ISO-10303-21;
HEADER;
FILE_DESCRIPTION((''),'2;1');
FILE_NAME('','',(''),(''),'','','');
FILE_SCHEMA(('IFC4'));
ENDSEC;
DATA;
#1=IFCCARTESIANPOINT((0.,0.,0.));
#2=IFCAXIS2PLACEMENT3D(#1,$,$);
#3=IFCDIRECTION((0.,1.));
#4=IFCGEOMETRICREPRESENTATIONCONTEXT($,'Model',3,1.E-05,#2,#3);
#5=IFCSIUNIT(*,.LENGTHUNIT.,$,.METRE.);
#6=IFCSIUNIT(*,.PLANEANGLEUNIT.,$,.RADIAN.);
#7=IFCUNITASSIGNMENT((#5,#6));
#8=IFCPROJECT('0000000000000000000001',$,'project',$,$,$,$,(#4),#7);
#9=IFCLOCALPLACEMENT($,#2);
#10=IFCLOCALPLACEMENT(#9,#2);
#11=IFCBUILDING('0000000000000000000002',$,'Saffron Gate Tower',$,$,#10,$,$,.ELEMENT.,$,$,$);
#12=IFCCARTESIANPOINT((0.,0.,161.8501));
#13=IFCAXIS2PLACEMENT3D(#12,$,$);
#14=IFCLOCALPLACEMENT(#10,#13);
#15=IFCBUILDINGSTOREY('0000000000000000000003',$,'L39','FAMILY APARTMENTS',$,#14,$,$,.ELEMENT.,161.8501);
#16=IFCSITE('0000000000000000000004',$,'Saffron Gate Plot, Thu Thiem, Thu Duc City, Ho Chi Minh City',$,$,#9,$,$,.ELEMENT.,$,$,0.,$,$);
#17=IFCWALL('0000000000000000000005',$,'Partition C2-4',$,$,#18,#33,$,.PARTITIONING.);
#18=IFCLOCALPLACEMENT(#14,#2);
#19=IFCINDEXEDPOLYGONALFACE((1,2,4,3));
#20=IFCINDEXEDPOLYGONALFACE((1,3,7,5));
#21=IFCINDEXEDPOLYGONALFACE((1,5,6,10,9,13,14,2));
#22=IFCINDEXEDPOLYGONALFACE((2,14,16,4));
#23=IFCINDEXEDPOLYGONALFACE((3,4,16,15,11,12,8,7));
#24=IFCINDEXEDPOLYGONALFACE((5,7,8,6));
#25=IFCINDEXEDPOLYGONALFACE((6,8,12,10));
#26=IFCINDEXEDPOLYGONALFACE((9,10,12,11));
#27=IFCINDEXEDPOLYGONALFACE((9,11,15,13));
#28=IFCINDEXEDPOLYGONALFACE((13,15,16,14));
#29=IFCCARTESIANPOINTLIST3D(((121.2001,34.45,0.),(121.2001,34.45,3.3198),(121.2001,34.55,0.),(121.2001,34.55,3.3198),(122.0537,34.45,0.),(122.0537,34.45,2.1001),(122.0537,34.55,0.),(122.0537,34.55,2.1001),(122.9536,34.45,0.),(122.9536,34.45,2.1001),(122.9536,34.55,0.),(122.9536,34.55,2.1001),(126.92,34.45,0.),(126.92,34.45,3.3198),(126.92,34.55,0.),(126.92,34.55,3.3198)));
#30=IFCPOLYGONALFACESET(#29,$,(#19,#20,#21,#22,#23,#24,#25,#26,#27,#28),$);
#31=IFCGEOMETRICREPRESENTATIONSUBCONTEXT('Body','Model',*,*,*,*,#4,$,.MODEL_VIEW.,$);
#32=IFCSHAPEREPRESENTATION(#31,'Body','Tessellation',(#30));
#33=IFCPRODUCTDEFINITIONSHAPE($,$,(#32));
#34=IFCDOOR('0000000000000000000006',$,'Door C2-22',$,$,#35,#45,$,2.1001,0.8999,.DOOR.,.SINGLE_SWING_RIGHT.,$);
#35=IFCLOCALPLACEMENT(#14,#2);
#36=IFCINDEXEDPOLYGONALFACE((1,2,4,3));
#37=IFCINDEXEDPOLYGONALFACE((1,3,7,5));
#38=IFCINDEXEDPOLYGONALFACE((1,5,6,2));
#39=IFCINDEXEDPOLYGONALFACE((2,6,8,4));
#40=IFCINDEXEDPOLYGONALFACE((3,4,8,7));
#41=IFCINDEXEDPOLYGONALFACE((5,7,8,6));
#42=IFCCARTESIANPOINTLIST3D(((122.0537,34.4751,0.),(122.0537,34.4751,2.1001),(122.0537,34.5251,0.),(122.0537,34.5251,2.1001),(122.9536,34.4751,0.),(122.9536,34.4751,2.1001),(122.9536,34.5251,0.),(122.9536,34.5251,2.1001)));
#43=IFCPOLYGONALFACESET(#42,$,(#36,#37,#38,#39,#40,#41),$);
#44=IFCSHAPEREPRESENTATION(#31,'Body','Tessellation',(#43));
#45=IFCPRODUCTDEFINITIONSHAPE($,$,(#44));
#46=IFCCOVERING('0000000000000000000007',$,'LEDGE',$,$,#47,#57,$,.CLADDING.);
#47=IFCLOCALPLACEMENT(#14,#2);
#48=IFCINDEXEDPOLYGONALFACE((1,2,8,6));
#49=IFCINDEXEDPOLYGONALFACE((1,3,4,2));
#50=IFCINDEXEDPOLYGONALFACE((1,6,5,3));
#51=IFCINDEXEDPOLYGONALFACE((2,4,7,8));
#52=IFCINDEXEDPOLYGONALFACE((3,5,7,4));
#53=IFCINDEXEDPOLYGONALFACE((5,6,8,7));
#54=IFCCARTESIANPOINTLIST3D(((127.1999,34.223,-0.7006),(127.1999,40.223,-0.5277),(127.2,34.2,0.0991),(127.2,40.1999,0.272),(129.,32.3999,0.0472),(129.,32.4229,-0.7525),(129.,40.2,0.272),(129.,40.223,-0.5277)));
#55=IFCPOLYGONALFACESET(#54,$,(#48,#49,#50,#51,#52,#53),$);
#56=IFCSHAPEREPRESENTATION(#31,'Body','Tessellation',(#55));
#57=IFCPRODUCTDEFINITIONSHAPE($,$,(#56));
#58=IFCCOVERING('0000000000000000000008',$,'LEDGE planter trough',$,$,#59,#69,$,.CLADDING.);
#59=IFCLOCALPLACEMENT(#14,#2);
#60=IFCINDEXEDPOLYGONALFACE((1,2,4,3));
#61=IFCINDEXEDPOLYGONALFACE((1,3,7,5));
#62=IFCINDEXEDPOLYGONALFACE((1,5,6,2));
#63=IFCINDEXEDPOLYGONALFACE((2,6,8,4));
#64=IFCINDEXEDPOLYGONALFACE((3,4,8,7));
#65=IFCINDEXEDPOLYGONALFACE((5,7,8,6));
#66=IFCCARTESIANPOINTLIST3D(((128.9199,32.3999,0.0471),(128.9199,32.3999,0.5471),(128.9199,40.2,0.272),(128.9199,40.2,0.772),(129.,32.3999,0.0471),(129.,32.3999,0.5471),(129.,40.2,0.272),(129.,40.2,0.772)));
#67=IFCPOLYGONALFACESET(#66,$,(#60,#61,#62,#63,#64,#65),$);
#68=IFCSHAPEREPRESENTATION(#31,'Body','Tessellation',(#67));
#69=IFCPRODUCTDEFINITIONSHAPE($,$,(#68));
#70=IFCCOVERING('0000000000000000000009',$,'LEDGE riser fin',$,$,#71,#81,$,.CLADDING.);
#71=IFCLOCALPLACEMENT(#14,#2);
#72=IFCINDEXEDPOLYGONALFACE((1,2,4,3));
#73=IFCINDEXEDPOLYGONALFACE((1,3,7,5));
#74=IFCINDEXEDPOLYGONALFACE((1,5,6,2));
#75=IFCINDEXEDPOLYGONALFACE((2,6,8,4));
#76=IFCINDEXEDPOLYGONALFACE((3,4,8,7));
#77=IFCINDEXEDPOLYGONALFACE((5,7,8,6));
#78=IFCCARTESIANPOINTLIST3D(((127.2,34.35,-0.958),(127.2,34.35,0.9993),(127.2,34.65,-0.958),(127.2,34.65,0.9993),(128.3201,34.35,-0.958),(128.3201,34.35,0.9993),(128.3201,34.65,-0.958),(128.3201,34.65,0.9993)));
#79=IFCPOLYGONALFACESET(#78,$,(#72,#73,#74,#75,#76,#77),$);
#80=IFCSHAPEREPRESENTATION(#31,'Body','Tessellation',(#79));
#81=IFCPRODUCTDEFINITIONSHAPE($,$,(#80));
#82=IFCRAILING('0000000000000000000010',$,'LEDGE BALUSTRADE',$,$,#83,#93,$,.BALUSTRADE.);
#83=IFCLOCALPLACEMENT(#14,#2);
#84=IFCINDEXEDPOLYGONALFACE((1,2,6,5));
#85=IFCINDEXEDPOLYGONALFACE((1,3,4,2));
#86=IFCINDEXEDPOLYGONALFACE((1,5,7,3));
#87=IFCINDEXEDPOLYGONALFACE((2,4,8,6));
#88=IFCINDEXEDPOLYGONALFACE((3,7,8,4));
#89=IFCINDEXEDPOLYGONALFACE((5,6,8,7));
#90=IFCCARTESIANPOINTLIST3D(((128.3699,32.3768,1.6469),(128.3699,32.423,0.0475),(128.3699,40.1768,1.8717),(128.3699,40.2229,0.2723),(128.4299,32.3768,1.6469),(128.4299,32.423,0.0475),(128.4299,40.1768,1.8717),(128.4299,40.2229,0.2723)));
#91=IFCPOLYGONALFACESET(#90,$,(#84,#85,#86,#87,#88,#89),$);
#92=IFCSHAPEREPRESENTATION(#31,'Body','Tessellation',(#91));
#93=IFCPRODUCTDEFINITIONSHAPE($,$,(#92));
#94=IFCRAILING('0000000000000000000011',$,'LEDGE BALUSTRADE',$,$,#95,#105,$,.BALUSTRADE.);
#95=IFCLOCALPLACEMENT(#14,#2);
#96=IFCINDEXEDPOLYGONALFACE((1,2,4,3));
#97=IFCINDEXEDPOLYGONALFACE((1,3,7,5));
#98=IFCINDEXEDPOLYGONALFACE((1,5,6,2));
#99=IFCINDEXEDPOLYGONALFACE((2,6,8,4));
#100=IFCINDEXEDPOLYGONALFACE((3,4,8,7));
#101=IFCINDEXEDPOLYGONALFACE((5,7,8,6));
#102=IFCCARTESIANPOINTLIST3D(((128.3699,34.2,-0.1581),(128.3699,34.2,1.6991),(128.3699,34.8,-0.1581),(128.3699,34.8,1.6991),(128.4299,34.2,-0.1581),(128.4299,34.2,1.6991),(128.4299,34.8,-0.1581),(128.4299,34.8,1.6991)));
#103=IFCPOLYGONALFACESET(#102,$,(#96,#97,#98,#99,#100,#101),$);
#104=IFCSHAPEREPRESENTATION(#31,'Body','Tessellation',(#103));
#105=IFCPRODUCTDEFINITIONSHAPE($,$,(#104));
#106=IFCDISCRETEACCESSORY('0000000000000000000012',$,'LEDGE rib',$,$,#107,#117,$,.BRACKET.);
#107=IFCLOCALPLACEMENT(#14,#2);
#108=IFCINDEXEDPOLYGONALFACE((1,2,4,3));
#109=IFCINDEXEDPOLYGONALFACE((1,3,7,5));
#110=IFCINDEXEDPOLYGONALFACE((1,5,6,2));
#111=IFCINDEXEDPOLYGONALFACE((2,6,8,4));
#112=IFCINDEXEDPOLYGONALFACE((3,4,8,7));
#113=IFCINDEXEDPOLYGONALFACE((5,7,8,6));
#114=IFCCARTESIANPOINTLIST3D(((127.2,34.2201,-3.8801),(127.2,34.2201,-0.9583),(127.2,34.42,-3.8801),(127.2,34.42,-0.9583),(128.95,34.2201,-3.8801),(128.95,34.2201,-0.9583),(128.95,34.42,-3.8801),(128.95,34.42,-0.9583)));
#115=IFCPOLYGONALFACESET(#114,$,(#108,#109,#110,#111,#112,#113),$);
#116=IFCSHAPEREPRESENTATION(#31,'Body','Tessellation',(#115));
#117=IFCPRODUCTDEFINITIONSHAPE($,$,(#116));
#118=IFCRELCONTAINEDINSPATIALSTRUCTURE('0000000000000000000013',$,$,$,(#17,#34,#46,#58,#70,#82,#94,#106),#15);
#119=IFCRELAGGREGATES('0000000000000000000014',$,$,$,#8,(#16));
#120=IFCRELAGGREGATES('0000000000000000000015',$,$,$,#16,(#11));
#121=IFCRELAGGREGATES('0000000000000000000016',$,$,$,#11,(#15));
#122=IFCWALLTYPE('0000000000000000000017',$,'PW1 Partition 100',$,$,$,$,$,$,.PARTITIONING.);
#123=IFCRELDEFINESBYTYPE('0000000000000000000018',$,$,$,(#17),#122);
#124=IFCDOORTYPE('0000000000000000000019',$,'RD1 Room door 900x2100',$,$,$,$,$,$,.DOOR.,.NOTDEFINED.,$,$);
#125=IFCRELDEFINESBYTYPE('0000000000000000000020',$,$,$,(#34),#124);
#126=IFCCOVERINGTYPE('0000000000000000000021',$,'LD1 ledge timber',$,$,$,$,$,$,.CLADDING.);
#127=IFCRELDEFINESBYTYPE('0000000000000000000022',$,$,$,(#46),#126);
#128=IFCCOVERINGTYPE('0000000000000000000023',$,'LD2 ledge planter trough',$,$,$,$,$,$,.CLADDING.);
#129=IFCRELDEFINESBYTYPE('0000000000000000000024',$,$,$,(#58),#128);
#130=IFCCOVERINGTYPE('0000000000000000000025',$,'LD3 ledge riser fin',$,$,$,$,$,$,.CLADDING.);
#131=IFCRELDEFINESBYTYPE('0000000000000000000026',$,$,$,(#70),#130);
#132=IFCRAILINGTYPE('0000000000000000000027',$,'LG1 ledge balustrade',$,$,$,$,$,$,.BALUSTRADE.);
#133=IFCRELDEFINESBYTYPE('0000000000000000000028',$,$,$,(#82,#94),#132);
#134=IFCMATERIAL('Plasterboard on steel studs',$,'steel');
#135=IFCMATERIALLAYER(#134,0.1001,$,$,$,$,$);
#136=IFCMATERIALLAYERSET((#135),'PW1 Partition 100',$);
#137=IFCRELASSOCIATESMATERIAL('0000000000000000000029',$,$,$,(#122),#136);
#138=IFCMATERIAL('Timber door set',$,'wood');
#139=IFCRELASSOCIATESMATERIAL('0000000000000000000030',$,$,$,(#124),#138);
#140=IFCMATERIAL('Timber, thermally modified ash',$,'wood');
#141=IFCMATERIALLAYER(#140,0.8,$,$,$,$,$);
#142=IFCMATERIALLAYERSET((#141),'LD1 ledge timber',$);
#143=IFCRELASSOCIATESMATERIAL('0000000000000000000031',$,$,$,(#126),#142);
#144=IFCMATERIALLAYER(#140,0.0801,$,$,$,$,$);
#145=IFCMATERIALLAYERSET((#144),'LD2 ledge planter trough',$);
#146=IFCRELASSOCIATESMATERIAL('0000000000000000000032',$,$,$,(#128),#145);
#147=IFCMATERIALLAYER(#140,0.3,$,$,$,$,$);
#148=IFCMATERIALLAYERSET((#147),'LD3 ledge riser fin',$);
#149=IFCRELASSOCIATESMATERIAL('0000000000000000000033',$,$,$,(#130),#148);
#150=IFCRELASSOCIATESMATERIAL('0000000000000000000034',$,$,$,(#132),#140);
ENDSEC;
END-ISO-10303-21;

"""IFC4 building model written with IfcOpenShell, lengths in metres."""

from ifc_helpers import new_model, si_unit, direction, frame, frame_2d, origin, origin_2d, place, context, subcontext, project, spatial, polyline, rectangle, outline, extrude, material, layer, layer_set, type_object, element, fill, save


model = new_model("IFC4")

# Units and contexts
model_context = context("Model", 3, precision=1e-05, world=origin(), true_north=direction((0.0, 1.0)))
body_context = subcontext(model_context, "Body", "Model", "MODEL_VIEW")
ifc_project = project(units=[si_unit("LENGTHUNIT", "METRE"), si_unit("PLANEANGLEUNIT", "RADIAN")], contexts=[model_context])

# Site, building, storey
site_placement = place(None, origin())
site = spatial("IfcSite", under=ifc_project, at=site_placement, Name="Saffron Gate Plot, Thu Thiem, Thu Duc City, Ho Chi Minh City", CompositionType="ELEMENT", RefElevation=0.0)
building_placement = place(site_placement, origin())
building = spatial("IfcBuilding", under=site, at=building_placement, Name="Saffron Gate Tower", CompositionType="ELEMENT")
storey_placement = place(building_placement, frame((0.0, 0.0, 161.8501)))
storey = spatial("IfcBuildingStorey", under=building, at=storey_placement, Name="L39", Description="FAMILY APARTMENTS", CompositionType="ELEMENT", Elevation=161.8501)

# Wall, opening, door
ifc_material_1 = material(Name="Plasterboard on steel studs", Category="steel")
ifc_layer_1 = layer(ifc_material_1, 0.1001)
ifc_layer_set_1 = layer_set([ifc_layer_1], Name="PW1 Partition 100")
wall_type = type_object("IfcWallType", Name="PW1 Partition 100", PredefinedType="PARTITIONING", material=ifc_layer_set_1)
wall_placement = place(storey_placement, frame((126.9199, 34.5, 0.0), z_axis=(0.0, 0.0, 1.0), x_axis=(-1.0, 0.0, 0.0)))
wall = element("IfcWall", 1, at=wall_placement, inside=storey, type_object=wall_type, Name="Partition C2-4", PredefinedType="PARTITIONING", context=body_context, shape_type="SweptSolid", body=[
    extrude(rectangle(XDim=5.72, YDim=0.1001, at=frame_2d((2.8599, 0.0))), origin(), (0.0, 0.0, 1.0), 3.3198),
])
opening_1_placement = place(wall_placement, frame((3.9663, 0.0, 0.0)))
opening_1 = element("IfcOpeningElement", 2, at=opening_1_placement, cuts=wall, PredefinedType="OPENING", context=body_context, shape_type="SweptSolid", body=[
    extrude(rectangle(XDim=0.8999, YDim=2.1001, at=frame_2d((0.45, 1.05))), frame((0.0, 0.0601, 0.0), z_axis=(0.0, -1.0, 0.0), x_axis=(1.0, 0.0, 0.0)), (0.0, 0.0, 1.0), 0.1201),
])
ifc_material_2 = material(Name="Timber door set", Category="wood")
door_type = type_object("IfcDoorType", Name="RD1 Room door 900x2100", OperationType="NOTDEFINED", PredefinedType="DOOR", material=ifc_material_2)
door_placement = place(opening_1_placement, origin())
door = element("IfcDoor", 3, at=door_placement, inside=storey, type_object=door_type, Name="Door C2-22", OperationType="SINGLE_SWING_RIGHT", OverallHeight=2.1001, OverallWidth=0.8999, PredefinedType="DOOR", context=body_context, shape_type="SweptSolid", body=[
    extrude(rectangle(XDim=0.8999, YDim=2.1001, at=frame_2d((0.45, 1.05))), frame((0.0, 0.0249, 0.0), z_axis=(0.0, -1.0, 0.0), x_axis=(1.0, 0.0, 0.0)), (0.0, 0.0, 1.0), 0.05),
])
fill(opening_1, door)

# Coverings
ifc_material_3 = material(Name="Timber, thermally modified ash", Category="wood")
ifc_layer_2 = layer(ifc_material_3, 0.8)
ifc_layer_set_2 = layer_set([ifc_layer_2], Name="LD1 ledge timber")
covering_type_1 = type_object("IfcCoveringType", Name="LD1 ledge timber", PredefinedType="CLADDING", material=ifc_layer_set_2)
covering_1_placement = place(storey_placement, frame((127.2, 34.2, 0.0991), z_axis=(0.000035, -0.028807, 0.999585), x_axis=(0.0, 0.999585, 0.028807)))
element("IfcCovering", 4, at=covering_1_placement, inside=storey, type_object=covering_type_1, Name="LEDGE", PredefinedType="CLADDING", context=body_context, shape_type="SweptSolid", body=[
    extrude(outline(polyline([(0.0, 0.0), (6.0025, 0.0), (6.0025, -1.8), (-1.8008, -1.8), (0.0, 0.0)])), origin(), (0.0, 0.0, -1.0), 0.8),
])
ifc_layer_3 = layer(ifc_material_3, 0.0801)
ifc_layer_set_3 = layer_set([ifc_layer_3], Name="LD2 ledge planter trough")
covering_type_2 = type_object("IfcCoveringType", Name="LD2 ledge planter trough", PredefinedType="CLADDING", material=ifc_layer_set_3)
covering_2_placement = place(storey_placement, frame((129.0, 32.3999, 0.0471), z_axis=(1.0, 0.0, 0.0), x_axis=(0.0, 0.999585, 0.028815)))
element("IfcCovering", 5, at=covering_2_placement, inside=storey, type_object=covering_type_2, Name="LEDGE planter trough", PredefinedType="CLADDING", context=body_context, shape_type="SweptSolid", body=[
    extrude(outline(polyline([(0.0, 0.0), (7.8033, 0.0), (7.8177, 0.4998), (0.0144, 0.4998), (0.0, 0.0)])), origin(), (0.0, 0.0, -1.0), 0.0801),
])
ifc_layer_4 = layer(ifc_material_3, 0.3)
ifc_layer_set_4 = layer_set([ifc_layer_4], Name="LD3 ledge riser fin")
covering_type_3 = type_object("IfcCoveringType", Name="LD3 ledge riser fin", PredefinedType="CLADDING", material=ifc_layer_set_4)
covering_3_placement = place(storey_placement, frame((127.76, 34.5, -0.958), z_axis=(0.0, 0.0, 1.0), x_axis=(0.0, 1.0, 0.0)))
element("IfcCovering", 6, at=covering_3_placement, inside=storey, type_object=covering_type_3, Name="LEDGE riser fin", PredefinedType="CLADDING", context=body_context, shape_type="SweptSolid", body=[
    extrude(rectangle(XDim=0.3, YDim=1.1201, at=origin_2d()), origin(), (0.0, 0.0, 1.0), 1.9573),
])

# Railings
railing_type = type_object("IfcRailingType", Name="LG1 ledge balustrade", PredefinedType="BALUSTRADE", material=ifc_material_3)
railing_1_placement = place(storey_placement, frame((128.3999, 32.3999, 0.0471)))
element("IfcRailing", 7, at=railing_1_placement, inside=storey, type_object=railing_type, Name="LEDGE BALUSTRADE", PredefinedType="BALUSTRADE", context=body_context, shape_type="SweptSolid", body=[
    extrude(rectangle(XDim=0.0601, YDim=1.6001, at=origin_2d()), frame((0.0, 0.0, 0.8), z_axis=(0.0, 0.999585, 0.028815), x_axis=(-1.0, 0.0, 0.0)), (0.0, 0.0, 1.0), 7.8032),
])
railing_2_placement = place(storey_placement, frame((128.3999, 34.2, -0.1582)))
element("IfcRailing", 8, at=railing_2_placement, inside=storey, type_object=railing_type, Name="LEDGE BALUSTRADE", PredefinedType="BALUSTRADE", context=body_context, shape_type="SweptSolid", body=[
    extrude(rectangle(XDim=0.0601, YDim=1.8572, at=origin_2d()), frame((0.0, 0.0, 0.9287), z_axis=(0.0, 1.0, 0.0), x_axis=(-1.0, 0.0, 0.0)), (0.0, 0.0, 1.0), 0.6001),
])

# Discrete accessory
discrete_accessory_placement = place(storey_placement, frame((128.075, 34.3201, -3.8801), z_axis=(0.0, 0.0, 1.0), x_axis=(0.0, 1.0, 0.0)))
element("IfcDiscreteAccessory", 9, at=discrete_accessory_placement, inside=storey, Name="LEDGE rib", PredefinedType="BRACKET", context=body_context, shape_type="SweptSolid", body=[
    extrude(rectangle(XDim=0.2, YDim=1.75, at=origin_2d()), origin(), (0.0, 0.0, 1.0), 2.9219),
])

save(model, "model.ifc")
